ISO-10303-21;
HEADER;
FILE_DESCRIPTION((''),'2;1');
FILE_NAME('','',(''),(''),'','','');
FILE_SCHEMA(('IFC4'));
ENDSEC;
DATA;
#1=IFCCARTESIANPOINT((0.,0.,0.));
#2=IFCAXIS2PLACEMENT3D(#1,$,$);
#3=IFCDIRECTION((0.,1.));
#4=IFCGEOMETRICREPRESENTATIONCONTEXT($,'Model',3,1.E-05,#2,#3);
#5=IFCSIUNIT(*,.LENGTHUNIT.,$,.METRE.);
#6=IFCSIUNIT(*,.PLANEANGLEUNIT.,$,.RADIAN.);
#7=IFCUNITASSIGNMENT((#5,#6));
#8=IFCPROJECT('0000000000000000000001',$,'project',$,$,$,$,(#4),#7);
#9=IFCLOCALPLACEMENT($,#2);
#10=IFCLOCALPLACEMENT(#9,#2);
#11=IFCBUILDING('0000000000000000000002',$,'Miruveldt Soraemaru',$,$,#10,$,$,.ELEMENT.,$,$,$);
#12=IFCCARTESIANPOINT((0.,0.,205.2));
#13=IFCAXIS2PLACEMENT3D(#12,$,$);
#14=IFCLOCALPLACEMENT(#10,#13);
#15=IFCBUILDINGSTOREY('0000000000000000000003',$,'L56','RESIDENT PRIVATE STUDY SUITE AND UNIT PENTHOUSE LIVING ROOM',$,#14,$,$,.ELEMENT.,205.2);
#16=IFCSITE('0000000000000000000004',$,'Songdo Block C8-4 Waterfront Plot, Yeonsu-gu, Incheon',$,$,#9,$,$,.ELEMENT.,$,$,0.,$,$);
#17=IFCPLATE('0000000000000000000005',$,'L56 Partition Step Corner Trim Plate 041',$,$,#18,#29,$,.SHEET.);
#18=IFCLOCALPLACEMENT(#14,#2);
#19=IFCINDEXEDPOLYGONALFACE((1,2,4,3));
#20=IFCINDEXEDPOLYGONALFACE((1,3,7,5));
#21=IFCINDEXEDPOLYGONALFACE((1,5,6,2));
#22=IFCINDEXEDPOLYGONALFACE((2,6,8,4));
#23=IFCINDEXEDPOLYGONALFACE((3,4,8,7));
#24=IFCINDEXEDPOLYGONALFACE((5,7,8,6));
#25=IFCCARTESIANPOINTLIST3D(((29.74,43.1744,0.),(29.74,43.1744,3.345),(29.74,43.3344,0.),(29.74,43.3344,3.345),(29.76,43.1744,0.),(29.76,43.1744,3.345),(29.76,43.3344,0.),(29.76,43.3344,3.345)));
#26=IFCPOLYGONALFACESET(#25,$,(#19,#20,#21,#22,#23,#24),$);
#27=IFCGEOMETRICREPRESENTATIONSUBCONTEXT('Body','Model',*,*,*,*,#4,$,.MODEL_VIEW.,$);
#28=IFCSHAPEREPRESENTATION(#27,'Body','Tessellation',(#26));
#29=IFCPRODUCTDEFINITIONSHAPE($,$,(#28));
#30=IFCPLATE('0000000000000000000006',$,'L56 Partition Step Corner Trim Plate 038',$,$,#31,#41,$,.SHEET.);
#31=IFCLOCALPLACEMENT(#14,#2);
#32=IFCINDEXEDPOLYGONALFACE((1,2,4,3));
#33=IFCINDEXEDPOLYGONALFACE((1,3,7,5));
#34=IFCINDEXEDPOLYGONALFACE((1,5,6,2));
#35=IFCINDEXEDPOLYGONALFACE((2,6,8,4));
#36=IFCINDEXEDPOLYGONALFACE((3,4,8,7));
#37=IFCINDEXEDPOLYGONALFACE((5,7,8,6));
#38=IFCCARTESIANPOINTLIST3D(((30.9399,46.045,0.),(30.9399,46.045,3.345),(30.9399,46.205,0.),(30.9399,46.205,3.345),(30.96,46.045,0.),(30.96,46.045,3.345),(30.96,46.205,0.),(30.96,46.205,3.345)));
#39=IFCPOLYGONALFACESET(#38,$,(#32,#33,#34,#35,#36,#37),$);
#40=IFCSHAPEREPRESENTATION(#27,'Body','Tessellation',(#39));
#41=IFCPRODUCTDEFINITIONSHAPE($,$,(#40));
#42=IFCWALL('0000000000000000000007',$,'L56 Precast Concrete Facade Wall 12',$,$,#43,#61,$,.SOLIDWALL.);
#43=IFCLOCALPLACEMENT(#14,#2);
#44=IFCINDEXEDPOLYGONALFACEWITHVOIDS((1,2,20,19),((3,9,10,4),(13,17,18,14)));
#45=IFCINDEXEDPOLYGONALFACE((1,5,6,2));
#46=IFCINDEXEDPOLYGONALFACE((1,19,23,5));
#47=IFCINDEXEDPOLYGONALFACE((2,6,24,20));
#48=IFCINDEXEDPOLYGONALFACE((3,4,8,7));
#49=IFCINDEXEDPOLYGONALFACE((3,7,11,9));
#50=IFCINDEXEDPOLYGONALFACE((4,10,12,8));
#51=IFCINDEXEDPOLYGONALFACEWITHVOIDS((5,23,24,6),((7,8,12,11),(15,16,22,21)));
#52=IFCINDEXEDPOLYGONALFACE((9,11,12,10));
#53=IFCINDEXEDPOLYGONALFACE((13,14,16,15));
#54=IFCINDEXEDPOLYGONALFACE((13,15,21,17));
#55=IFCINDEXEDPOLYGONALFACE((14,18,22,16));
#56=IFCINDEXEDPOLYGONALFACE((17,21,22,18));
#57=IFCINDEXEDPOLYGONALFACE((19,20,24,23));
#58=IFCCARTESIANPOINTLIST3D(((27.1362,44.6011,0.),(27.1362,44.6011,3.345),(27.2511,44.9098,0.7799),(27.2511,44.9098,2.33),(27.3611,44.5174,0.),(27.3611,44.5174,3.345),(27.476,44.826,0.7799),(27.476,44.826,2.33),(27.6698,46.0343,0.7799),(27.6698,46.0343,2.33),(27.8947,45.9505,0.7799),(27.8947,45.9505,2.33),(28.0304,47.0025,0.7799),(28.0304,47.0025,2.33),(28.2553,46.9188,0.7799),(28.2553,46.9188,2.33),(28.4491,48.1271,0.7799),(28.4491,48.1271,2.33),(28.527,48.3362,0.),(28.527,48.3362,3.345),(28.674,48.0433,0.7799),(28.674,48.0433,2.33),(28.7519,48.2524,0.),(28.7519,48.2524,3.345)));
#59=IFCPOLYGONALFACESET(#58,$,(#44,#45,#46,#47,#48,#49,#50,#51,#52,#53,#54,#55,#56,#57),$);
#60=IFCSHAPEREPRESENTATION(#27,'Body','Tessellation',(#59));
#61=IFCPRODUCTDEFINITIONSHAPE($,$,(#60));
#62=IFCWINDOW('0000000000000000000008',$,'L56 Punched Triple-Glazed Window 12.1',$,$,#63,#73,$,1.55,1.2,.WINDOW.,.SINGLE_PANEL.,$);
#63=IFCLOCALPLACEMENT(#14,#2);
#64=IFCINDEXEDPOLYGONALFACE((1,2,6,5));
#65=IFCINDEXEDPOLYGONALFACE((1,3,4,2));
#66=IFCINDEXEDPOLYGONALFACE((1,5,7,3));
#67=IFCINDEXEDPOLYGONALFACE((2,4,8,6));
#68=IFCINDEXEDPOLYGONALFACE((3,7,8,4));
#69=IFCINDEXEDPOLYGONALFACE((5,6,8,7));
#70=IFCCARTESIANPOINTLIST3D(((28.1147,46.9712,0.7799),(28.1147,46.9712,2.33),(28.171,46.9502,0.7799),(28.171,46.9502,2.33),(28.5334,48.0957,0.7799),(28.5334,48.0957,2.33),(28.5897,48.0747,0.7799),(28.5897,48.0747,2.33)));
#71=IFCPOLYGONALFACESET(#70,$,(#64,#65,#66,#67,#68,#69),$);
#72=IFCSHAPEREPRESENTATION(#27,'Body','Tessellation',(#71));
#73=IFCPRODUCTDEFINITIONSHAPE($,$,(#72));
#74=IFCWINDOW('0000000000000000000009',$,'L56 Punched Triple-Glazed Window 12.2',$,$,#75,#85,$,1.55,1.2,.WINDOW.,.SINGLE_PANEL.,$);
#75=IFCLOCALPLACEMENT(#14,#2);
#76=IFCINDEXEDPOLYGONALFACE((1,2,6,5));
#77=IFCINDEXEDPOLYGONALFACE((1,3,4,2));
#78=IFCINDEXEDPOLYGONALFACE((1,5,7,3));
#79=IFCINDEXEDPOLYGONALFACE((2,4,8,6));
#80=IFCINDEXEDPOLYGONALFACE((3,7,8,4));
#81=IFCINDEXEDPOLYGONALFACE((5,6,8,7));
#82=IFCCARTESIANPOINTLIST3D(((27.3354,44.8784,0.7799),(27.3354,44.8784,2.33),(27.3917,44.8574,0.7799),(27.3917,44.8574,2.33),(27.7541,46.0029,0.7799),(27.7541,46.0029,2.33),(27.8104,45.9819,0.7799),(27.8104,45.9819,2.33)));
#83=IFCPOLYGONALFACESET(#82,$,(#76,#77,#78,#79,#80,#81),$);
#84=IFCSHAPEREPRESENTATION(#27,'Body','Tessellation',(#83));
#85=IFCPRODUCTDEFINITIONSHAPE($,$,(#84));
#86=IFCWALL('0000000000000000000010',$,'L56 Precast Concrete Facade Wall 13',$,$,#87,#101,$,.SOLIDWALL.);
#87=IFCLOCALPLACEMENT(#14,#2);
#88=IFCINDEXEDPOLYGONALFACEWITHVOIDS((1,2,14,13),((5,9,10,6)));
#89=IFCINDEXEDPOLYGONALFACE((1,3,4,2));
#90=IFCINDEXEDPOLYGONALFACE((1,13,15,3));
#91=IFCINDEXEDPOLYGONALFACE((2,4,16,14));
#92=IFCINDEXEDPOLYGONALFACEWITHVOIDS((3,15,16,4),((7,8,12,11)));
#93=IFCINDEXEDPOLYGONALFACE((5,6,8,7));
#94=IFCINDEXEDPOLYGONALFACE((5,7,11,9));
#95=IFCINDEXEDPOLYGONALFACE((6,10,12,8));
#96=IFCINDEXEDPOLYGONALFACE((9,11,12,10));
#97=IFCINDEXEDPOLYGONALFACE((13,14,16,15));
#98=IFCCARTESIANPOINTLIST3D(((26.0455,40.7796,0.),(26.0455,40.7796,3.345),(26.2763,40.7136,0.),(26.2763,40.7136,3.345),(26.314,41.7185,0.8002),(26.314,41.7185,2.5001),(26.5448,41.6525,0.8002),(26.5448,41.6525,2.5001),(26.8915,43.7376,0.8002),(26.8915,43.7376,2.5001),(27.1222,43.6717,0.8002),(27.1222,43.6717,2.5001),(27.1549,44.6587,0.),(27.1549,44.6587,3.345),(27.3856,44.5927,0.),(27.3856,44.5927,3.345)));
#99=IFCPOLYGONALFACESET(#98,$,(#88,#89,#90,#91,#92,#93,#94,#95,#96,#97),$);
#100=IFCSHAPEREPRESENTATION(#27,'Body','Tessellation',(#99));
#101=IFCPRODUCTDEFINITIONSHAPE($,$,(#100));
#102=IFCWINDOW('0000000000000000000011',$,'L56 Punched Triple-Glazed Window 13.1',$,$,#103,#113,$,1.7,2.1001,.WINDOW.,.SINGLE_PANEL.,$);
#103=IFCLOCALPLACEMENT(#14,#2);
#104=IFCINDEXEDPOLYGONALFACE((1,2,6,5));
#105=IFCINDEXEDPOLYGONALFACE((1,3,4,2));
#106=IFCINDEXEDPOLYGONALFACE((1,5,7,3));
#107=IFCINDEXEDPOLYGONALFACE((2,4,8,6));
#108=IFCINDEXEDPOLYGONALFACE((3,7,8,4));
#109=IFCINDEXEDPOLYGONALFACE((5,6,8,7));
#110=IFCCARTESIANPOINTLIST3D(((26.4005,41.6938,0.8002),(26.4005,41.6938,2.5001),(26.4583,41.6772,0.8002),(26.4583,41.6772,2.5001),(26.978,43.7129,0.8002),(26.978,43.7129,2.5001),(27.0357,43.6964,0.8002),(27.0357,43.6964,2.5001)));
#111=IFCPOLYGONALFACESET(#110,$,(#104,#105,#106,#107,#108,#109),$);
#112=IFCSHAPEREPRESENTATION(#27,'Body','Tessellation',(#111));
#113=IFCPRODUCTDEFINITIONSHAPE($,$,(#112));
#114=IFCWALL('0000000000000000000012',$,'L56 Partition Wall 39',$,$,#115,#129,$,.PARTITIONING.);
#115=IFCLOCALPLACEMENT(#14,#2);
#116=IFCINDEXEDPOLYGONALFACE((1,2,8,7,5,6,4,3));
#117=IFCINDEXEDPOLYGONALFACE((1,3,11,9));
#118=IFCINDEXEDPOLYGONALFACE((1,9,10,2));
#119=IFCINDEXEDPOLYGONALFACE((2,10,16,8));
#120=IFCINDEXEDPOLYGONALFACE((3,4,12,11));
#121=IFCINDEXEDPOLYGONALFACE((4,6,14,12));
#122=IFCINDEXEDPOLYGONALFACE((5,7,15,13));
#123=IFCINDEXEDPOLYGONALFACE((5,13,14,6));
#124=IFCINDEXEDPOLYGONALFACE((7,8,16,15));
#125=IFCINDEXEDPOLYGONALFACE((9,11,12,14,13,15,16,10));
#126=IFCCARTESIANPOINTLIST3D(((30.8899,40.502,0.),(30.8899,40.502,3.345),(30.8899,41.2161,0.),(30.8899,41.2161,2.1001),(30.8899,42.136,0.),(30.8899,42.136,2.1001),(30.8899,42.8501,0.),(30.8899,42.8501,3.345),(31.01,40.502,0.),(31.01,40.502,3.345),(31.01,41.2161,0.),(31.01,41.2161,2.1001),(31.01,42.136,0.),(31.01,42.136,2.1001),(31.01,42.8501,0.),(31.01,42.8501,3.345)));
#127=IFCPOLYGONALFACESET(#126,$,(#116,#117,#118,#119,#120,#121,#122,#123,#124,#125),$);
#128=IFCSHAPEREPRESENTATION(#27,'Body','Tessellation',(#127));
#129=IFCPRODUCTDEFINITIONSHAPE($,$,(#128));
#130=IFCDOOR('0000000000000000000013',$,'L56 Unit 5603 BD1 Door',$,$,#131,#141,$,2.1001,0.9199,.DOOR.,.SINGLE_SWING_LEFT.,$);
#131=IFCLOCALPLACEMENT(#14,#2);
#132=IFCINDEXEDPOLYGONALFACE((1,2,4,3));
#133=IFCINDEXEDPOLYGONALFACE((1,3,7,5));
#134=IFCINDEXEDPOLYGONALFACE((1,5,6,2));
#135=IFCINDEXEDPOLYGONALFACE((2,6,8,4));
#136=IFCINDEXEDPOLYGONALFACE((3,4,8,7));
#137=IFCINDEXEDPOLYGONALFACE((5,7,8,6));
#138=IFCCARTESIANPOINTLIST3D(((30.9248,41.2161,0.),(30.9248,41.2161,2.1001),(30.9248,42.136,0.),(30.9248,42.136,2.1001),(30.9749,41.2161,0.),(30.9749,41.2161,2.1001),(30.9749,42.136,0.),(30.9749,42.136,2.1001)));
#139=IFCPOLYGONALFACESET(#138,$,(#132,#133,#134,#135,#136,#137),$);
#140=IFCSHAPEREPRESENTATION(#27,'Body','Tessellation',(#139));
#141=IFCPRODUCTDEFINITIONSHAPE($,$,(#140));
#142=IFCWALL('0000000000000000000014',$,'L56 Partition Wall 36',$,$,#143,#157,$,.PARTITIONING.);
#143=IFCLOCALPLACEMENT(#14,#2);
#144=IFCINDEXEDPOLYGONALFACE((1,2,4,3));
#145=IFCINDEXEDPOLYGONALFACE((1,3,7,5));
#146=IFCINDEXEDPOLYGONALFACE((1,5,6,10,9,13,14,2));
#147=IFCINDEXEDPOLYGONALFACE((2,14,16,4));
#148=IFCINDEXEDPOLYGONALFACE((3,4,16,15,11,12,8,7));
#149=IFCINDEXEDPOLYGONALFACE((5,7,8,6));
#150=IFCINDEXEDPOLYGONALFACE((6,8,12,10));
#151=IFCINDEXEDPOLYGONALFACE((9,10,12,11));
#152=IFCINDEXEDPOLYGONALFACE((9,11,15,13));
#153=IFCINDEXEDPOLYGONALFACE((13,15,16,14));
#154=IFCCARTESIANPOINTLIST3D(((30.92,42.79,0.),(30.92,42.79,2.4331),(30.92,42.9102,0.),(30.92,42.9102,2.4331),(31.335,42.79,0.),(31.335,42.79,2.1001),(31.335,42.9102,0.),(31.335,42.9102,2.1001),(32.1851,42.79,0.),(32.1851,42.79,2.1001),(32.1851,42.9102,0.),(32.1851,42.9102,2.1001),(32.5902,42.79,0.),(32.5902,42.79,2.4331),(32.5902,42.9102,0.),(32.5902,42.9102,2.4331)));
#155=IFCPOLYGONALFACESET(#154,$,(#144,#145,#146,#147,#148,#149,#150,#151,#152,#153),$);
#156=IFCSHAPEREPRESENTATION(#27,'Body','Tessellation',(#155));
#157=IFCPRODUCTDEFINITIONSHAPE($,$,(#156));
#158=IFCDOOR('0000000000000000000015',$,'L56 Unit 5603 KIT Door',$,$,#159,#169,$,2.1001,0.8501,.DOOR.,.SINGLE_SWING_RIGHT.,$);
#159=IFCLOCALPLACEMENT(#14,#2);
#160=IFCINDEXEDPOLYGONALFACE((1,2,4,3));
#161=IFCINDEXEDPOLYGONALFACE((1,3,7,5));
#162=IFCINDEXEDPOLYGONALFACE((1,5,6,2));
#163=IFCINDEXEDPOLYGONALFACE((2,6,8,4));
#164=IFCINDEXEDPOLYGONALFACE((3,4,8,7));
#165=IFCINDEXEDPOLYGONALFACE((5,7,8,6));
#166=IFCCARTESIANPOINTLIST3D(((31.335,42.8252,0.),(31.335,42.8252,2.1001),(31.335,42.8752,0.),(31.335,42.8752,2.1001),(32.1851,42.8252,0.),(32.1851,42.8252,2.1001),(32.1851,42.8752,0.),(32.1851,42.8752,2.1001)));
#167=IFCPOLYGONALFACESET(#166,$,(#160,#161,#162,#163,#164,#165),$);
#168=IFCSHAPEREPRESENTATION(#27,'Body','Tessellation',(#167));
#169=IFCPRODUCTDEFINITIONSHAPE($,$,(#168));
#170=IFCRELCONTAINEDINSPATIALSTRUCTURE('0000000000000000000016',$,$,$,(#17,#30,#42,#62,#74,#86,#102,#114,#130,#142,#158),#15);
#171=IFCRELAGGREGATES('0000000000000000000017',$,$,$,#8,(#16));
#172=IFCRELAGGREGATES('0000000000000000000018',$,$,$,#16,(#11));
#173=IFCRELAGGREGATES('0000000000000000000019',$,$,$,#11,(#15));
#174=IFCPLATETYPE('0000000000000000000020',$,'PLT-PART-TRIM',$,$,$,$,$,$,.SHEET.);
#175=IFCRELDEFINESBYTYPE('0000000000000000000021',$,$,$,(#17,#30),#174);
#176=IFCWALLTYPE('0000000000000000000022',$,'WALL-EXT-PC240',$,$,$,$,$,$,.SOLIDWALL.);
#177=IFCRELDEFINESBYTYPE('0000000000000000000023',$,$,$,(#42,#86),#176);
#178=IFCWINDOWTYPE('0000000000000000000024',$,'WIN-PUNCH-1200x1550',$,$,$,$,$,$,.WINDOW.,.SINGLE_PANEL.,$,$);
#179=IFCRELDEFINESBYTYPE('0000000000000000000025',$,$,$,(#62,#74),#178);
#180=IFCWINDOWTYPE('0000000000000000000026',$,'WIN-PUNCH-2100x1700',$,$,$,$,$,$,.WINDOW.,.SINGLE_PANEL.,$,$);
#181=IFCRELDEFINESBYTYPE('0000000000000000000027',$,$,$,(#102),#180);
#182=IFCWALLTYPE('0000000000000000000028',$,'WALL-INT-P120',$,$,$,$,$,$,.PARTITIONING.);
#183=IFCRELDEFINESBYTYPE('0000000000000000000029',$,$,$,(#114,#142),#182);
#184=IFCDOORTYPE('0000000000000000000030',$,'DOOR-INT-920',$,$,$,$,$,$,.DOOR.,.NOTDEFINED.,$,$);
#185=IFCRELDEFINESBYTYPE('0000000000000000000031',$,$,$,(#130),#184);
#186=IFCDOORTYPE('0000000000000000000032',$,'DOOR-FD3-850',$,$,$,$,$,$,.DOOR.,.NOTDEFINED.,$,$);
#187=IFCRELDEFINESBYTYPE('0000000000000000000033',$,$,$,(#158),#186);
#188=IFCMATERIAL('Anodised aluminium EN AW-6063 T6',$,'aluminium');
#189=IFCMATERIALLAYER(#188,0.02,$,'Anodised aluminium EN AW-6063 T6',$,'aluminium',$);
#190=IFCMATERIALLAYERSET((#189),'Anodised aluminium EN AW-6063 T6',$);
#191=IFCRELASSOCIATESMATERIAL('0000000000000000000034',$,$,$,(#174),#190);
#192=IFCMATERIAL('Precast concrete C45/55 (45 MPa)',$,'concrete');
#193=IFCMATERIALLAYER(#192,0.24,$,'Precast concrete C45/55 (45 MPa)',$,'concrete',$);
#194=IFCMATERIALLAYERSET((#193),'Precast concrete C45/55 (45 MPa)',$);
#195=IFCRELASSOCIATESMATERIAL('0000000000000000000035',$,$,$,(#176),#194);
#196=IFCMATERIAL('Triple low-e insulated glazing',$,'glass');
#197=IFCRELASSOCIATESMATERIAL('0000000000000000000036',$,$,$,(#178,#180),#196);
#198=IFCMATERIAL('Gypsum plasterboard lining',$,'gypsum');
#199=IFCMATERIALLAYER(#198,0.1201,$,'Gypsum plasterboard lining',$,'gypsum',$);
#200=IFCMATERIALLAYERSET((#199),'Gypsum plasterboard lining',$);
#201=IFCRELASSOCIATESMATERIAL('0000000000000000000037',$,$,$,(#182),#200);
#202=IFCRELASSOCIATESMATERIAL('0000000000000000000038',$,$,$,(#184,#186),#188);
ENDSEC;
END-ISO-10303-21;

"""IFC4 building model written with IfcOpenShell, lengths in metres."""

from ifc_helpers import new_model, si_unit, direction, frame, frame_2d, origin, origin_2d, place, context, subcontext, project, spatial, rectangle, extrude, material, layer, layer_set, type_object, element, fill, save


model = new_model("IFC4")

# Units and contexts
model_context = context("Model", 3, precision=1e-05, world=origin(), true_north=direction((0.0, 1.0)))
body_context = subcontext(model_context, "Body", "Model", "MODEL_VIEW")
ifc_project = project(units=[si_unit("LENGTHUNIT", "METRE"), si_unit("PLANEANGLEUNIT", "RADIAN")], contexts=[model_context])

# Site, building, storey
site_placement = place(None, origin())
site = spatial("IfcSite", under=ifc_project, at=site_placement, Name="Songdo Block C8-4 Waterfront Plot, Yeonsu-gu, Incheon", CompositionType="ELEMENT", RefElevation=0.0)
building_placement = place(site_placement, origin())
building = spatial("IfcBuilding", under=site, at=building_placement, Name="Miruveldt Soraemaru", CompositionType="ELEMENT")
storey_placement = place(building_placement, frame((0.0, 0.0, 205.2)))
storey = spatial("IfcBuildingStorey", under=building, at=storey_placement, Name="L56", Description="RESIDENT PRIVATE STUDY SUITE AND UNIT PENTHOUSE LIVING ROOM", CompositionType="ELEMENT", Elevation=205.2)

# Plates
ifc_material_1 = material(Name="Anodised aluminium EN AW-6063 T6", Category="aluminium")
ifc_layer_1 = layer(ifc_material_1, 0.02, Name="Anodised aluminium EN AW-6063 T6", Category="aluminium")
ifc_layer_set_1 = layer_set([ifc_layer_1], Name="Anodised aluminium EN AW-6063 T6")
plate_type = type_object("IfcPlateType", Name="PLT-PART-TRIM", PredefinedType="SHEET", material=ifc_layer_set_1)
for number, where, z_axis, x_axis, name in (
    (1, (29.75, 43.2544, 0.0), (0.0, 0.0, 1.0), (0.0, -1.0, 0.0), "L56 Partition Step Corner Trim Plate 041"),
    (2, (30.95, 46.125, 0.0), (0.0, 0.0, 1.0), (0.0, -1.0, 0.0), "L56 Partition Step Corner Trim Plate 038"),
):
    element("IfcPlate", number, at=place(storey_placement, frame(where, z_axis=z_axis, x_axis=x_axis)), inside=storey, type_object=plate_type, Name=name, PredefinedType="SHEET", context=body_context, shape_type="SweptSolid", body=[
        extrude(rectangle(XDim=0.1599, YDim=0.02, at=origin_2d()), origin(), (0.0, 0.0, 1.0), 3.345),
    ])

# Wall, openings, windows
ifc_material_2 = material(Name="Precast concrete C45/55 (45 MPa)", Category="concrete")
ifc_layer_2 = layer(ifc_material_2, 0.24, Name="Precast concrete C45/55 (45 MPa)", Category="concrete")
ifc_layer_set_2 = layer_set([ifc_layer_2], Name="Precast concrete C45/55 (45 MPa)")
wall_type_1 = type_object("IfcWallType", Name="WALL-EXT-PC240", PredefinedType="SOLIDWALL", material=ifc_layer_set_2)
wall_1_placement = place(storey_placement, frame((28.6394, 48.2942, 0.0), z_axis=(0.0, 0.0, 1.0), x_axis=(-0.348968, -0.937135, 0.0)))
wall_1 = element("IfcWall", 3, at=wall_1_placement, inside=storey, type_object=wall_type_1, Name="L56 Precast Concrete Facade Wall 12", PredefinedType="SOLIDWALL", context=body_context, shape_type="SweptSolid", body=[
    extrude(rectangle(XDim=3.9856, YDim=0.24, at=frame_2d((1.9927, 0.0))), origin(), (0.0, 0.0, 1.0), 3.345),
])
opening_1_placement = place(wall_1_placement, frame((0.2229, 0.0, 0.78)))
opening_1 = element("IfcOpeningElement", 4, at=opening_1_placement, cuts=wall_1, PredefinedType="OPENING", context=body_context, shape_type="SweptSolid", body=[
    extrude(rectangle(XDim=1.2, YDim=1.55, at=frame_2d((0.6001, 0.7749))), frame((0.0, 0.1299, 0.0), z_axis=(0.0, -1.0, 0.0), x_axis=(1.0, 0.0, 0.0)), (0.0, 0.0, 1.0), 0.26),
])
opening_2_placement = place(wall_1_placement, frame((2.4561, 0.0, 0.78)))
opening_2 = element("IfcOpeningElement", 5, at=opening_2_placement, cuts=wall_1, PredefinedType="OPENING", context=body_context, shape_type="SweptSolid", body=[
    extrude(rectangle(XDim=1.2, YDim=1.55, at=frame_2d((0.6001, 0.7749))), frame((0.0, 0.1299, 0.0), z_axis=(0.0, -1.0, 0.0), x_axis=(1.0, 0.0, 0.0)), (0.0, 0.0, 1.0), 0.26),
])
ifc_material_3 = material(Name="Triple low-e insulated glazing", Category="glass")
window_type_1 = type_object("IfcWindowType", Name="WIN-PUNCH-1200x1550", PartitioningType="SINGLE_PANEL", PredefinedType="WINDOW", material=ifc_material_3)
window_1_placement = place(opening_1_placement, origin())
window_1 = element("IfcWindow", 6, at=window_1_placement, inside=storey, type_object=window_type_1, Name="L56 Punched Triple-Glazed Window 12.1", OverallHeight=1.55, OverallWidth=1.2, PartitioningType="SINGLE_PANEL", PredefinedType="WINDOW", context=body_context, shape_type="SweptSolid", body=[
    extrude(rectangle(XDim=1.2, YDim=1.55, at=frame_2d((0.6001, 0.7749))), frame((0.0, 0.03, 0.0), z_axis=(0.0, -1.0, 0.0), x_axis=(1.0, 0.0, 0.0)), (0.0, 0.0, 1.0), 0.0601),
])
fill(opening_1, window_1)
window_2_placement = place(opening_2_placement, origin())
window_2 = element("IfcWindow", 7, at=window_2_placement, inside=storey, type_object=window_type_1, Name="L56 Punched Triple-Glazed Window 12.2", OverallHeight=1.55, OverallWidth=1.2, PartitioningType="SINGLE_PANEL", PredefinedType="WINDOW", context=body_context, shape_type="SweptSolid", body=[
    extrude(rectangle(XDim=1.2, YDim=1.55, at=frame_2d((0.6001, 0.7749))), frame((0.0, 0.03, 0.0), z_axis=(0.0, -1.0, 0.0), x_axis=(1.0, 0.0, 0.0)), (0.0, 0.0, 1.0), 0.0601),
])
fill(opening_2, window_2)

# Wall, opening, window
wall_2_placement = place(storey_placement, frame((27.2703, 44.6257, 0.0), z_axis=(0.0, 0.0, 1.0), x_axis=(-0.274961, -0.961455, 0.0)))
wall_2 = element("IfcWall", 8, at=wall_2_placement, inside=storey, type_object=wall_type_1, Name="L56 Precast Concrete Facade Wall 13", PredefinedType="SOLIDWALL", context=body_context, shape_type="SweptSolid", body=[
    extrude(rectangle(XDim=4.0347, YDim=0.24, at=frame_2d((2.0173, 0.0))), origin(), (0.0, 0.0, 1.0), 3.345),
])
opening_3_placement = place(wall_2_placement, frame((0.958, 0.0, 0.8)))
opening_3 = element("IfcOpeningElement", 9, at=opening_3_placement, cuts=wall_2, PredefinedType="OPENING", context=body_context, shape_type="SweptSolid", body=[
    extrude(rectangle(XDim=2.1001, YDim=1.7, at=frame_2d((1.05, 0.8501))), frame((0.0, 0.1299, 0.0), z_axis=(0.0, -1.0, 0.0), x_axis=(1.0, 0.0, 0.0)), (0.0, 0.0, 1.0), 0.26),
])
window_type_2 = type_object("IfcWindowType", Name="WIN-PUNCH-2100x1700", PartitioningType="SINGLE_PANEL", PredefinedType="WINDOW", material=ifc_material_3)
window_3_placement = place(opening_3_placement, origin())
window_3 = element("IfcWindow", 10, at=window_3_placement, inside=storey, type_object=window_type_2, Name="L56 Punched Triple-Glazed Window 13.1", OverallHeight=1.7, OverallWidth=2.1001, PartitioningType="SINGLE_PANEL", PredefinedType="WINDOW", context=body_context, shape_type="SweptSolid", body=[
    extrude(rectangle(XDim=2.1001, YDim=1.7, at=frame_2d((1.05, 0.8501))), frame((0.0, 0.03, 0.0), z_axis=(0.0, -1.0, 0.0), x_axis=(1.0, 0.0, 0.0)), (0.0, 0.0, 1.0), 0.0601),
])
fill(opening_3, window_3)

# Walls, openings, doors
ifc_material_4 = material(Name="Gypsum plasterboard lining", Category="gypsum")
ifc_layer_3 = layer(ifc_material_4, 0.1201, Name="Gypsum plasterboard lining", Category="gypsum")
ifc_layer_set_3 = layer_set([ifc_layer_3], Name="Gypsum plasterboard lining")
wall_type_2 = type_object("IfcWallType", Name="WALL-INT-P120", PredefinedType="PARTITIONING", material=ifc_layer_set_3)
wall_3_placement = place(storey_placement, frame((30.95, 42.8501, 0.0), z_axis=(0.0, 0.0, 1.0), x_axis=(0.0, -1.0, 0.0)))
wall_3 = element("IfcWall", 11, at=wall_3_placement, inside=storey, type_object=wall_type_2, Name="L56 Partition Wall 39", PredefinedType="PARTITIONING", context=body_context, shape_type="SweptSolid", body=[
    extrude(rectangle(XDim=2.3481, YDim=0.1201, at=frame_2d((1.1741, 0.0))), origin(), (0.0, 0.0, 1.0), 3.345),
])
opening_4_placement = place(wall_3_placement, frame((0.7141, 0.0, 0.0)))
opening_4 = element("IfcOpeningElement", 12, at=opening_4_placement, cuts=wall_3, PredefinedType="OPENING", context=body_context, shape_type="SweptSolid", body=[
    extrude(rectangle(XDim=0.9199, YDim=2.1001, at=frame_2d((0.46, 1.05))), frame((0.0, 0.0701, 0.0), z_axis=(0.0, -1.0, 0.0), x_axis=(1.0, 0.0, 0.0)), (0.0, 0.0, 1.0), 0.1401),
])
door_type_1 = type_object("IfcDoorType", Name="DOOR-INT-920", OperationType="NOTDEFINED", PredefinedType="DOOR", material=ifc_material_1)
door_1_placement = place(opening_4_placement, origin())
door_1 = element("IfcDoor", 13, at=door_1_placement, inside=storey, type_object=door_type_1, Name="L56 Unit 5603 BD1 Door", OperationType="SINGLE_SWING_LEFT", OverallHeight=2.1001, OverallWidth=0.9199, PredefinedType="DOOR", context=body_context, shape_type="SweptSolid", body=[
    extrude(rectangle(XDim=0.9199, YDim=2.1001, at=frame_2d((0.46, 1.05))), frame((0.0, 0.0249, 0.0), z_axis=(0.0, -1.0, 0.0), x_axis=(1.0, 0.0, 0.0)), (0.0, 0.0, 1.0), 0.05),
])
fill(opening_4, door_1)
wall_4_placement = place(storey_placement, frame((32.5901, 42.8501, 0.0), z_axis=(0.0, 0.0, 1.0), x_axis=(-1.0, 0.0, 0.0)))
wall_4 = element("IfcWall", 14, at=wall_4_placement, inside=storey, type_object=wall_type_2, Name="L56 Partition Wall 36", PredefinedType="PARTITIONING", context=body_context, shape_type="SweptSolid", body=[
    extrude(rectangle(XDim=1.6702, YDim=0.1201, at=frame_2d((0.835, 0.0))), origin(), (0.0, 0.0, 1.0), 2.4331),
])
opening_5_placement = place(wall_4_placement, frame((0.405, 0.0, 0.0)))
opening_5 = element("IfcOpeningElement", 15, at=opening_5_placement, cuts=wall_4, PredefinedType="OPENING", context=body_context, shape_type="SweptSolid", body=[
    extrude(rectangle(XDim=0.8501, YDim=2.1001, at=frame_2d((0.425, 1.05))), frame((0.0, 0.0701, 0.0), z_axis=(0.0, -1.0, 0.0), x_axis=(1.0, 0.0, 0.0)), (0.0, 0.0, 1.0), 0.1401),
])
door_type_2 = type_object("IfcDoorType", Name="DOOR-FD3-850", OperationType="NOTDEFINED", PredefinedType="DOOR", material=ifc_material_1)
door_2_placement = place(opening_5_placement, origin())
door_2 = element("IfcDoor", 16, at=door_2_placement, inside=storey, type_object=door_type_2, Name="L56 Unit 5603 KIT Door", OperationType="SINGLE_SWING_RIGHT", OverallHeight=2.1001, OverallWidth=0.8501, PredefinedType="DOOR", context=body_context, shape_type="SweptSolid", body=[
    extrude(rectangle(XDim=0.8501, YDim=2.1001, at=frame_2d((0.425, 1.05))), frame((0.0, 0.0249, 0.0), z_axis=(0.0, -1.0, 0.0), x_axis=(1.0, 0.0, 0.0)), (0.0, 0.0, 1.0), 0.05),
])
fill(opening_5, door_2)

save(model, "model.ifc")
